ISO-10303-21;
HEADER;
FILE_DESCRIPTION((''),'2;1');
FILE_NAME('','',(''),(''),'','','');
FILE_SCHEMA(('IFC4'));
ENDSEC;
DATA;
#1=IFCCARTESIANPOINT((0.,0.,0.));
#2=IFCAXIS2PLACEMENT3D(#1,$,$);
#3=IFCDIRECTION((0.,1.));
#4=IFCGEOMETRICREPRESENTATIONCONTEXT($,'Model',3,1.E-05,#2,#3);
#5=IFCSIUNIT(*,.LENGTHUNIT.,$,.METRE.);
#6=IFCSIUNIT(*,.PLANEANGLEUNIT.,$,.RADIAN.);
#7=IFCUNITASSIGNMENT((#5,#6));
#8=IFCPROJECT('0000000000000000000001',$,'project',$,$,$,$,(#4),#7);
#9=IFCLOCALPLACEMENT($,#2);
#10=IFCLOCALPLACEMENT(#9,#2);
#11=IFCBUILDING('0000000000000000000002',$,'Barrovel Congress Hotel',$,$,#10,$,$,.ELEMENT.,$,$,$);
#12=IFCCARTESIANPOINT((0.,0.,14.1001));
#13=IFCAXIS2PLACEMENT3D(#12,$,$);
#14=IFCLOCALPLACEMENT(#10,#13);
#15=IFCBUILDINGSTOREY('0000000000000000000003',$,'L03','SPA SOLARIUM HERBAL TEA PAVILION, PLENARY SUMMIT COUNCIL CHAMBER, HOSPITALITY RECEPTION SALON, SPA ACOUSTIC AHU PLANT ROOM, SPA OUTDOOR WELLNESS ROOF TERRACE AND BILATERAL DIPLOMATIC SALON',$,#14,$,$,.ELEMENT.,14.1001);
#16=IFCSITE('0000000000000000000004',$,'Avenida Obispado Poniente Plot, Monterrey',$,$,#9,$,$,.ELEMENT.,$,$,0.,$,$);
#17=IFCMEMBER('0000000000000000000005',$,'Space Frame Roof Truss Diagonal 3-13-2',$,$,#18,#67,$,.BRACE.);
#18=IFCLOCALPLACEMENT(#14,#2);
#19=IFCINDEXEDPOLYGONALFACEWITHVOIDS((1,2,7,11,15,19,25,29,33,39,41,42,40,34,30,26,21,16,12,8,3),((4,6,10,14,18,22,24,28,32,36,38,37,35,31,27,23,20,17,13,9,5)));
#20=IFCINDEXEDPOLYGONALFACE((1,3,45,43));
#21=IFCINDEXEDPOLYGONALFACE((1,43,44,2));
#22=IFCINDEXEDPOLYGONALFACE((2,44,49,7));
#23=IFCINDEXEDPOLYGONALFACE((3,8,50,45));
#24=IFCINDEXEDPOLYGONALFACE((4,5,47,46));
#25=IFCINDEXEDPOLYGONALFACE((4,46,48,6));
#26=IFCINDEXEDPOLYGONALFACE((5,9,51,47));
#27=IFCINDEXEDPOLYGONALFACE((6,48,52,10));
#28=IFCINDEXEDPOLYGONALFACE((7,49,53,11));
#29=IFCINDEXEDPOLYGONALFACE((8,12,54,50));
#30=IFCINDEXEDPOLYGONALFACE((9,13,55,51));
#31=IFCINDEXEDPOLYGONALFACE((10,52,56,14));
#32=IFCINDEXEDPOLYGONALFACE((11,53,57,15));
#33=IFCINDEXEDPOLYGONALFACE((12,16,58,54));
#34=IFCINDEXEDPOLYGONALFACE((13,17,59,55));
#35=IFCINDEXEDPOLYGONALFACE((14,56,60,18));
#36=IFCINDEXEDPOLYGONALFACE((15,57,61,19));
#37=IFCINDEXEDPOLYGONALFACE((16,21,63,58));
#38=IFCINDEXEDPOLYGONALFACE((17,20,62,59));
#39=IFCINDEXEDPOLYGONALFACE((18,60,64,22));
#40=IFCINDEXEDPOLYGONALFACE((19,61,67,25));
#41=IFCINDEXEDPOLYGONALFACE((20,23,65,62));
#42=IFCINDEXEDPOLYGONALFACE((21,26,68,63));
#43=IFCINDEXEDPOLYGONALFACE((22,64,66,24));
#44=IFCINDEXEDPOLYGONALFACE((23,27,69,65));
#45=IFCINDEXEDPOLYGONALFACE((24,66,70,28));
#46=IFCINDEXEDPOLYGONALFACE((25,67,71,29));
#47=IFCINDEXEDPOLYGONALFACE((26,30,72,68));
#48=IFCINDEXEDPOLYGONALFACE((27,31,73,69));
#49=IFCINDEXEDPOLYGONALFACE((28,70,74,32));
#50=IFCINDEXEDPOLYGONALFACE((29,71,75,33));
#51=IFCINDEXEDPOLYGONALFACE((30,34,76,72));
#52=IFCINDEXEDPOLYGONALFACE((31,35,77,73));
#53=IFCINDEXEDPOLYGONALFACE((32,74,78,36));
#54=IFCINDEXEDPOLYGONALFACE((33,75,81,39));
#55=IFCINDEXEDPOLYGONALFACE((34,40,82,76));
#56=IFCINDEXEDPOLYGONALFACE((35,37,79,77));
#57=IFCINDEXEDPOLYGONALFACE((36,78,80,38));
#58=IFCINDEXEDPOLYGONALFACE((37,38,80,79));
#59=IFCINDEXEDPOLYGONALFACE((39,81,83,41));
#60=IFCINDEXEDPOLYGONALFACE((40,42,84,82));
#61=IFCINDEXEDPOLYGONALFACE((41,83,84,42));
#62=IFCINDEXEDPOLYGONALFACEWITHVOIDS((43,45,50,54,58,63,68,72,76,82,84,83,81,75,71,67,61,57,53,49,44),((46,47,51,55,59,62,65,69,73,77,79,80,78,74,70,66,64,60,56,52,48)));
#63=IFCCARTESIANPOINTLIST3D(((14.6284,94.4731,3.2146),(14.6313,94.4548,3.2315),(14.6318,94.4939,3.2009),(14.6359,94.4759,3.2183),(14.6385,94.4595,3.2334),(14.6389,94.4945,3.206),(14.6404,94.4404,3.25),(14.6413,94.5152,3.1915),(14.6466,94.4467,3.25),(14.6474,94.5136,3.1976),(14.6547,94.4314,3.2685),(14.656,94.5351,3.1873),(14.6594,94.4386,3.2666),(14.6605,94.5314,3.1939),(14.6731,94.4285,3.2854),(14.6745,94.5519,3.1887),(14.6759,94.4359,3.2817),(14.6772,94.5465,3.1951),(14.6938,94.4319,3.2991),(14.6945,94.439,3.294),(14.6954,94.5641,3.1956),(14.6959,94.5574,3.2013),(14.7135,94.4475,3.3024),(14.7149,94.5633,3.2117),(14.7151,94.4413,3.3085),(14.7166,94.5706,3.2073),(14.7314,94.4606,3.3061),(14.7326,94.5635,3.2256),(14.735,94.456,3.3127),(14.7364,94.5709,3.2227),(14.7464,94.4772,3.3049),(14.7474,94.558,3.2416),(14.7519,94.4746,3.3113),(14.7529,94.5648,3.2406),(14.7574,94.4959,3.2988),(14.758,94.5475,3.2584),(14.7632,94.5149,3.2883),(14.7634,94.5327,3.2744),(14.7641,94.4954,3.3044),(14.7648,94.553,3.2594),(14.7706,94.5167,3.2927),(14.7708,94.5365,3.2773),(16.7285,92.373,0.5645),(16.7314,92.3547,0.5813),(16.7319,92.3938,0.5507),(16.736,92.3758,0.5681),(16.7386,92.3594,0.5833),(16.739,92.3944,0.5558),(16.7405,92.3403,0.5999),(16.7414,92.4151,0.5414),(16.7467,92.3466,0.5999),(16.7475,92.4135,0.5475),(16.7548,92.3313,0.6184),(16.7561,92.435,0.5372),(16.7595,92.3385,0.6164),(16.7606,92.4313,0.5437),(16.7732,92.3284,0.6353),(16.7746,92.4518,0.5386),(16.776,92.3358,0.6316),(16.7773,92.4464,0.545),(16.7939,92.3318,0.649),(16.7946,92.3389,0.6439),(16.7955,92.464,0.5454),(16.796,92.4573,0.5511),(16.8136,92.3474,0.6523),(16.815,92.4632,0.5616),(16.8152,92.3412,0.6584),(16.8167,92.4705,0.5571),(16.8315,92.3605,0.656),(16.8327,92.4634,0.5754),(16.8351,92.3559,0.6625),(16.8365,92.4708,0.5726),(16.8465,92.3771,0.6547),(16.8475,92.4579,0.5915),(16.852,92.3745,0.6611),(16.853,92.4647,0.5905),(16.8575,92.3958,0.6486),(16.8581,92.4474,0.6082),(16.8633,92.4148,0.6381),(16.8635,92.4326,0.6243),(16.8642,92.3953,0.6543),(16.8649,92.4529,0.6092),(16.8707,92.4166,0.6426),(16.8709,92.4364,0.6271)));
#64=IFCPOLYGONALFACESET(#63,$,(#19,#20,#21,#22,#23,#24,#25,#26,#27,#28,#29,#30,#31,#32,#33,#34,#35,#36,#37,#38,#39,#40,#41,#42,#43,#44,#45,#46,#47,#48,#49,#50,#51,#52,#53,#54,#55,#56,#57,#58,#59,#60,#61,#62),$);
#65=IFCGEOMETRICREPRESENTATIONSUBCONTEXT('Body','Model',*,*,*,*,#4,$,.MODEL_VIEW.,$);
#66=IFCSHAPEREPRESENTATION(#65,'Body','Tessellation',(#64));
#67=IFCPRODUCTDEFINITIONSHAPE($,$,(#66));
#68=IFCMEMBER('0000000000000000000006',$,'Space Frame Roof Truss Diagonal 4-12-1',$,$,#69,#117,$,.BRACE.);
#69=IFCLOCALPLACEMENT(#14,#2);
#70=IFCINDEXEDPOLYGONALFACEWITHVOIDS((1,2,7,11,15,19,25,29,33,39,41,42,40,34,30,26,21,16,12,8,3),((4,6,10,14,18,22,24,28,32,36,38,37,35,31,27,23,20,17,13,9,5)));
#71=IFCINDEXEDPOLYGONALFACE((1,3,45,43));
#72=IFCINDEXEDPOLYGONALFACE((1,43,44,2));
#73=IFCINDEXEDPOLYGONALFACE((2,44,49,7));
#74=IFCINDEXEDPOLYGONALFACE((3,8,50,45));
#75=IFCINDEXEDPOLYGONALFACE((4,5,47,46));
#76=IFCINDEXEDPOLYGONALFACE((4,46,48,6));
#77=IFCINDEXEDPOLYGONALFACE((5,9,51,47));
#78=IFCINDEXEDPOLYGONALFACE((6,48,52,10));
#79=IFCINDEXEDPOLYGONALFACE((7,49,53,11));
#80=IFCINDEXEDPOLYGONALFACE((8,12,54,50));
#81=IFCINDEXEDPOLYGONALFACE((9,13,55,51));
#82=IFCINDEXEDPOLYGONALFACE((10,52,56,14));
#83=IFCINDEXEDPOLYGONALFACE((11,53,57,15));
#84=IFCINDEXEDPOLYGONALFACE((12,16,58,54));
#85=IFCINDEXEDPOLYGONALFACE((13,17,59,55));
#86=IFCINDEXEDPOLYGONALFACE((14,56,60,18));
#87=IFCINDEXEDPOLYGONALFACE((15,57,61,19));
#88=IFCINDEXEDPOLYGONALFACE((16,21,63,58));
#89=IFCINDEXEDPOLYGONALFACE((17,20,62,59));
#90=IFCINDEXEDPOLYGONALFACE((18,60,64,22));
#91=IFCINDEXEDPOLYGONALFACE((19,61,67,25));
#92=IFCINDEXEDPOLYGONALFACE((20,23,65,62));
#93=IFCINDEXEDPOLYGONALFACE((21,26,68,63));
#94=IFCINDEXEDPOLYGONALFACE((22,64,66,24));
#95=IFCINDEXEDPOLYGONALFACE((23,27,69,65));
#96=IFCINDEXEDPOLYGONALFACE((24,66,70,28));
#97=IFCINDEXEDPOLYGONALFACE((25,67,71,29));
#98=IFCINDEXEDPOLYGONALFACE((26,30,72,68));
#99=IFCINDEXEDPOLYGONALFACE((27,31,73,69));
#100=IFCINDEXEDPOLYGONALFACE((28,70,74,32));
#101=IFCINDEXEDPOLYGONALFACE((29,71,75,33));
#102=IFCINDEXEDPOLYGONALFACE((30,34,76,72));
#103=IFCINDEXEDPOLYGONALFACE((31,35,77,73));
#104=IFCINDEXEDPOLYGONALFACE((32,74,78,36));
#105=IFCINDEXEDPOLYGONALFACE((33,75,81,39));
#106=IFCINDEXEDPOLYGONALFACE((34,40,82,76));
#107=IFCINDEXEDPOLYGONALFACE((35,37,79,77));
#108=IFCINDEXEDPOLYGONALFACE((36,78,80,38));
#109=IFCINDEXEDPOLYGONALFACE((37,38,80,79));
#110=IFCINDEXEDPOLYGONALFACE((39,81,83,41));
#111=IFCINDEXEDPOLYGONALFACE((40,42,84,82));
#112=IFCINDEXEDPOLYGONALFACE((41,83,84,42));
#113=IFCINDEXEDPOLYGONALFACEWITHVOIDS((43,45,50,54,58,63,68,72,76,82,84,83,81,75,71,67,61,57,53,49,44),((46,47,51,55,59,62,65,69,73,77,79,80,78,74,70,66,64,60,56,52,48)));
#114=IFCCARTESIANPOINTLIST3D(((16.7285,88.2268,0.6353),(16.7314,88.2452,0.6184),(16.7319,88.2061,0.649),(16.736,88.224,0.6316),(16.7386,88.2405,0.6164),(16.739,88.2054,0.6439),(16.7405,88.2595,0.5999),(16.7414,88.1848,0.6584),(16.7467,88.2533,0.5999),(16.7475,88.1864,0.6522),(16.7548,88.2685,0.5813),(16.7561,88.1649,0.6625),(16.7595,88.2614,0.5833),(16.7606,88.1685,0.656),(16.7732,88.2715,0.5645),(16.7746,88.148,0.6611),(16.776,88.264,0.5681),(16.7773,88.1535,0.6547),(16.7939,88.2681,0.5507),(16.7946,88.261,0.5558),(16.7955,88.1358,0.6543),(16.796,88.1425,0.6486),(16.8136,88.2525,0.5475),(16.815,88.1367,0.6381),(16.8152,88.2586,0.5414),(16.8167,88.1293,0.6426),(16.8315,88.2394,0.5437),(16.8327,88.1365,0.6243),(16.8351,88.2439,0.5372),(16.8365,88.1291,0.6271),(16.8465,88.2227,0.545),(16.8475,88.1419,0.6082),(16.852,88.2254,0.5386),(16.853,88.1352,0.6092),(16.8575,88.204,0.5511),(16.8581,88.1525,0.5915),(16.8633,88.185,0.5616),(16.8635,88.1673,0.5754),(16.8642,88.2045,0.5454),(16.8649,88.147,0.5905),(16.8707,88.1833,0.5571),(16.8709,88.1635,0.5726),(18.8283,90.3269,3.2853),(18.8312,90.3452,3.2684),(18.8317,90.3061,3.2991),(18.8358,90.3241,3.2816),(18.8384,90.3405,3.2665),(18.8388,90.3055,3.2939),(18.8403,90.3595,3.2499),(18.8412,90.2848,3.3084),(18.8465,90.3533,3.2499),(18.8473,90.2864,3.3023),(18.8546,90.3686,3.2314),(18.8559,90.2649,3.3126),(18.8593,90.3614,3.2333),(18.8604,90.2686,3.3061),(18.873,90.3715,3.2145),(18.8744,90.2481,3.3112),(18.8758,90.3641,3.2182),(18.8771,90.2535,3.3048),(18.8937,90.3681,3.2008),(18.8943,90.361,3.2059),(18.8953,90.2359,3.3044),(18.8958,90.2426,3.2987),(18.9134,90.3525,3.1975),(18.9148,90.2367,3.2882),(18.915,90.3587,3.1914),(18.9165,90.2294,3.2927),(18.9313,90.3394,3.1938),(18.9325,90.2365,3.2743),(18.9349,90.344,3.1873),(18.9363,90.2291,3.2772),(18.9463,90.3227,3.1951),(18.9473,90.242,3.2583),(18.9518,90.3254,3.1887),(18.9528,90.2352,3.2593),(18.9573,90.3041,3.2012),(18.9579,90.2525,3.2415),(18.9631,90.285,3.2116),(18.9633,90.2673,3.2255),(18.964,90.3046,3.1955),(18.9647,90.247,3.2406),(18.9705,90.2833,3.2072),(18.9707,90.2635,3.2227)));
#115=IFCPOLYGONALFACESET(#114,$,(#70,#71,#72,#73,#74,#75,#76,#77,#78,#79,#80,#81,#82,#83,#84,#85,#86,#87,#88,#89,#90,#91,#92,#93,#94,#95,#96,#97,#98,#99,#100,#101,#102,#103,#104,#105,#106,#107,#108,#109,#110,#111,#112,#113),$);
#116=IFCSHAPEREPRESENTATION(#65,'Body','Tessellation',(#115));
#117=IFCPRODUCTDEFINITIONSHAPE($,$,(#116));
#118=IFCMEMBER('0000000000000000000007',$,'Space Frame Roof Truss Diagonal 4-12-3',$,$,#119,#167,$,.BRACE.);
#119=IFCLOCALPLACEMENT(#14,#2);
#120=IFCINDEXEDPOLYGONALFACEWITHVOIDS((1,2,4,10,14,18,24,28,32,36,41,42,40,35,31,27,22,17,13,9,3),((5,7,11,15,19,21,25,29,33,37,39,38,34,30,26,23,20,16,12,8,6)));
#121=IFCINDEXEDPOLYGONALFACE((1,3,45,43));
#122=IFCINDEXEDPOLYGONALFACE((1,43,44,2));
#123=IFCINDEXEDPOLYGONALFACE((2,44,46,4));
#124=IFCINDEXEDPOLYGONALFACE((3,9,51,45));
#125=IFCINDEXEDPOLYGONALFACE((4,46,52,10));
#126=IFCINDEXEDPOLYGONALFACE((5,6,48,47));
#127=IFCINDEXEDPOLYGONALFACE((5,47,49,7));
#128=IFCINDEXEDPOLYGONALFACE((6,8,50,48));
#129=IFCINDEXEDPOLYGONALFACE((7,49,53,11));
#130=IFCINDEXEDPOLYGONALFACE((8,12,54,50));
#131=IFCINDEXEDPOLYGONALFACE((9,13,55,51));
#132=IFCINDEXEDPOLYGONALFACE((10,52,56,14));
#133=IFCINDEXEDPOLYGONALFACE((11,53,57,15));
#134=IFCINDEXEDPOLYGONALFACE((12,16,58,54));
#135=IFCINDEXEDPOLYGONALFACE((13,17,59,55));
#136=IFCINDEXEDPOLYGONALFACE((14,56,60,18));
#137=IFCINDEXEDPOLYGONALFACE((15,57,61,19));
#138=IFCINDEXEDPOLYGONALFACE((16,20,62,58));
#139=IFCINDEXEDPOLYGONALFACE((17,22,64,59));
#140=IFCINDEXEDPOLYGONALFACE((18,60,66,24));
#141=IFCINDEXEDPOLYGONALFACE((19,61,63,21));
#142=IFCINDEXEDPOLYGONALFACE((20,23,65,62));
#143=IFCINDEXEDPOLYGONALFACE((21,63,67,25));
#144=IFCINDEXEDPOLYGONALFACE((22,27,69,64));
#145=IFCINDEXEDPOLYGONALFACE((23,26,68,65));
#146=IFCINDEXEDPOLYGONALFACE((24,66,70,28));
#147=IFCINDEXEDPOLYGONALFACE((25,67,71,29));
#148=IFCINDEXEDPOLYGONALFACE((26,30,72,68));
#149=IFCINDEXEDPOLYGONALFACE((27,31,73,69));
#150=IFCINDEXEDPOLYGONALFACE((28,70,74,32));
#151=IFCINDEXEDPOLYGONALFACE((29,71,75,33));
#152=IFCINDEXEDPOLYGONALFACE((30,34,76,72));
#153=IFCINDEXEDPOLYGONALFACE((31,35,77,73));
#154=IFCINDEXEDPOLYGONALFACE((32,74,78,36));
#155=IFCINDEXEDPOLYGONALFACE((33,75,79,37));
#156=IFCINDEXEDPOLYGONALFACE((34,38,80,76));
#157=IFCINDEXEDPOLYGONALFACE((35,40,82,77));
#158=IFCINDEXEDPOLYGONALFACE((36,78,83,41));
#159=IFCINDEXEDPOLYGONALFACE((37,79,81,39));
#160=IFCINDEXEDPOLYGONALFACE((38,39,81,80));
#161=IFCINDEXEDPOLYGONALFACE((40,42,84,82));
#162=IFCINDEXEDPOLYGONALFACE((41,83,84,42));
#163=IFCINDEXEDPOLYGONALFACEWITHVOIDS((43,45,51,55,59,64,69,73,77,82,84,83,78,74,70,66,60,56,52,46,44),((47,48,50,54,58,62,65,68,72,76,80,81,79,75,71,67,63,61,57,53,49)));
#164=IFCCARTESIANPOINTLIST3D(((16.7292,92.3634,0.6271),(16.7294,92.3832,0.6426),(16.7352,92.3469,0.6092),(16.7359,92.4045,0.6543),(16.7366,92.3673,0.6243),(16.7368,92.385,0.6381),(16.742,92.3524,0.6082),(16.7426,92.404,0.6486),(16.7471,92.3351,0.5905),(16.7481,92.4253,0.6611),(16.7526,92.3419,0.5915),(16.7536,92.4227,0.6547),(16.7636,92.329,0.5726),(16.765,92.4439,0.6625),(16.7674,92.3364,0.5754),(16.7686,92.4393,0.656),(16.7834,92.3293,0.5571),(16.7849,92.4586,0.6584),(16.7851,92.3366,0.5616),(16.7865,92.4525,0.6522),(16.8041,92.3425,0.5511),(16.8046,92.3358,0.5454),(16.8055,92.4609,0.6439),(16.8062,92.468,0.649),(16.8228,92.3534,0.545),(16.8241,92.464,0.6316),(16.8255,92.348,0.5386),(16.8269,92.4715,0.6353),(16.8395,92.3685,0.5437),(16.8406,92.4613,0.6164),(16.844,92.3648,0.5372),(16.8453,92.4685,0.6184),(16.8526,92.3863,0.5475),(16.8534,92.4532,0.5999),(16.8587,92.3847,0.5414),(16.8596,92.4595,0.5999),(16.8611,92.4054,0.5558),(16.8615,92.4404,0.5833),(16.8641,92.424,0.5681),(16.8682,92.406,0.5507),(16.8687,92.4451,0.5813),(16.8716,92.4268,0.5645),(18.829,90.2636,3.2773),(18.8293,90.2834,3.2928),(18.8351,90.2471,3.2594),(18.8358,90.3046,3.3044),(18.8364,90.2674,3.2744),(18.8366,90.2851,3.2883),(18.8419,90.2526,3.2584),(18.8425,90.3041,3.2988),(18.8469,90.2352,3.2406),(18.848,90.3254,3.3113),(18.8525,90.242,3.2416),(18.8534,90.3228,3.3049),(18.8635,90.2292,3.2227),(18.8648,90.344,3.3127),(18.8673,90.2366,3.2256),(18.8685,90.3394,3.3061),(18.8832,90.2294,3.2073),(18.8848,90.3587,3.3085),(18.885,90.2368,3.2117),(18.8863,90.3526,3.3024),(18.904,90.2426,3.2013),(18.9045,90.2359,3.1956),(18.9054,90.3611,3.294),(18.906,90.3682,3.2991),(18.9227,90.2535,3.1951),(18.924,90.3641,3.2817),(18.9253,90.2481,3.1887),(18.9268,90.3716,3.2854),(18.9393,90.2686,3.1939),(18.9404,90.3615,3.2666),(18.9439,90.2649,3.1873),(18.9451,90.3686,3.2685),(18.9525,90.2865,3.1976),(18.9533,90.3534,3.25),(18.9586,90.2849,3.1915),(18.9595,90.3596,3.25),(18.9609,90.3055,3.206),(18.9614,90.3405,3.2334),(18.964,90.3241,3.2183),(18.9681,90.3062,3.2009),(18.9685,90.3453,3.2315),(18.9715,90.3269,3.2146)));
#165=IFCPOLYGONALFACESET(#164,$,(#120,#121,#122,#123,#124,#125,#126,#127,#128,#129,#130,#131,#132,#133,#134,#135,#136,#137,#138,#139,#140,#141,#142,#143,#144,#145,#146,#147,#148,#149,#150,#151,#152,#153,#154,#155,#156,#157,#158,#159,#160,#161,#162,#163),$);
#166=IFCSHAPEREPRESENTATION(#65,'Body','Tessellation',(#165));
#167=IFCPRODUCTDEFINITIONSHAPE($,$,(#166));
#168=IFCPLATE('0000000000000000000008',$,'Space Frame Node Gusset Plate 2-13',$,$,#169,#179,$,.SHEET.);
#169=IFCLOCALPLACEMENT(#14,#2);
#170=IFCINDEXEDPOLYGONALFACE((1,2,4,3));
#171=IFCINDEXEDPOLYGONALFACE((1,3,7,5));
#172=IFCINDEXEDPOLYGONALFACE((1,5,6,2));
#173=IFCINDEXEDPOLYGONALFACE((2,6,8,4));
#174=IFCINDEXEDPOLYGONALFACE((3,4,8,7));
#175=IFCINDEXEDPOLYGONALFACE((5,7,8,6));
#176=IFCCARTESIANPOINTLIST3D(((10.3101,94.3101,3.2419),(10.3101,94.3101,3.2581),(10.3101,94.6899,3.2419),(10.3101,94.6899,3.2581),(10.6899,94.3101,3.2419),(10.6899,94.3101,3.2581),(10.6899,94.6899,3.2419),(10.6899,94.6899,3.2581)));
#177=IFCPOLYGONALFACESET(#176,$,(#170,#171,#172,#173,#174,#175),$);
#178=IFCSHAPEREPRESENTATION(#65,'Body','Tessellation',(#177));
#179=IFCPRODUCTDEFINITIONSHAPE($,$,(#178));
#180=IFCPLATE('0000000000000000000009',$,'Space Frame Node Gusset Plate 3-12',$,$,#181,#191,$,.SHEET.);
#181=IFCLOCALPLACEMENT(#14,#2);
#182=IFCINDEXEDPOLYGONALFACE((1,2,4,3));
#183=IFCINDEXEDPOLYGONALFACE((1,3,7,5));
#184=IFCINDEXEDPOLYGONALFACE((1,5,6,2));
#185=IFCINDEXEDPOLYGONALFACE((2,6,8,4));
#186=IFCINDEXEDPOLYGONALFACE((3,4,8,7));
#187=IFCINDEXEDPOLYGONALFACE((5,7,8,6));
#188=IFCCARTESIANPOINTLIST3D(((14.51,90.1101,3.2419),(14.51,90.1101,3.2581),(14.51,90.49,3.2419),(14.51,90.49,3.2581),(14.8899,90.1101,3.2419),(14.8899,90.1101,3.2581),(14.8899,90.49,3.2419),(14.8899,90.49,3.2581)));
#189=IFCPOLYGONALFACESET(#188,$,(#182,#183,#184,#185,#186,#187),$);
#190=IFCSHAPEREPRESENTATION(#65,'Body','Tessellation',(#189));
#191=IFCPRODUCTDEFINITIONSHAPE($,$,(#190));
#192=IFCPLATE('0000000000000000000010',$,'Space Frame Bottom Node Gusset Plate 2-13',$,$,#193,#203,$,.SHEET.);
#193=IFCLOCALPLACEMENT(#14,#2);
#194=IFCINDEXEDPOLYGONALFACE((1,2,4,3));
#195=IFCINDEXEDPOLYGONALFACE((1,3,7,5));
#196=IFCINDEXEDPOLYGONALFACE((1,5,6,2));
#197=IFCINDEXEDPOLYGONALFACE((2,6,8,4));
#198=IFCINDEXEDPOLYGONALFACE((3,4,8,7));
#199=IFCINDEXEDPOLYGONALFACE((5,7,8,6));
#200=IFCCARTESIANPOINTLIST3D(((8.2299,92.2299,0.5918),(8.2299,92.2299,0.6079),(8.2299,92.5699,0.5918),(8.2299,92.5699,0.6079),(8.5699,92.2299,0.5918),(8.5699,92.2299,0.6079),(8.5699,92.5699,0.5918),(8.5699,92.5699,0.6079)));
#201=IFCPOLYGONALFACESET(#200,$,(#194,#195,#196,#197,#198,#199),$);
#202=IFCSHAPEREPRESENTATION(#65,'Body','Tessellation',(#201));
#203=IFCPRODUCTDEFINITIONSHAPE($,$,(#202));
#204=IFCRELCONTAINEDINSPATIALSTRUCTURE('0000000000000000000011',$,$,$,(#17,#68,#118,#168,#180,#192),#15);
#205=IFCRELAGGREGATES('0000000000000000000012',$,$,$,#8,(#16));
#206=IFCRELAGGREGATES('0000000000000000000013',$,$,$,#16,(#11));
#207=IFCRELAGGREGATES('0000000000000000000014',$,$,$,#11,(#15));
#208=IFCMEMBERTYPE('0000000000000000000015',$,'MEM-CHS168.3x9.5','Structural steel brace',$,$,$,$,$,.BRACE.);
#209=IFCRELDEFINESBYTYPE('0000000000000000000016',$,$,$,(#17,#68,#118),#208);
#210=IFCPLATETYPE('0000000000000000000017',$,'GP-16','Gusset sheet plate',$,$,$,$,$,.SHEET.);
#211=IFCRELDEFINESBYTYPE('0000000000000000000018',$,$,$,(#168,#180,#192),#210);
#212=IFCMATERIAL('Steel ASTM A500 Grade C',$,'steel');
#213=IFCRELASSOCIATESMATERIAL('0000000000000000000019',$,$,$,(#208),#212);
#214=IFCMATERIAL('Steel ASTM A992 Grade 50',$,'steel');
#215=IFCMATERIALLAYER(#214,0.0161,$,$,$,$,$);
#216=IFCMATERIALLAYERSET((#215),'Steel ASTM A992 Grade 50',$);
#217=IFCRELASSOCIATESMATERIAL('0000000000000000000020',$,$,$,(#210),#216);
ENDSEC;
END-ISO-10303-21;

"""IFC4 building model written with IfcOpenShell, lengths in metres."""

from ifc_helpers import new_model, si_unit, direction, frame, origin, origin_2d, place, context, subcontext, project, spatial, rectangle, hollow_circle, extrude, material, layer, layer_set, material_profile, profile_set, type_object, element, save


model = new_model("IFC4")

# Units and contexts
model_context = context("Model", 3, precision=1e-05, world=origin(), true_north=direction((0.0, 1.0)))
body_context = subcontext(model_context, "Body", "Model", "MODEL_VIEW")
ifc_project = project(units=[si_unit("LENGTHUNIT", "METRE"), si_unit("PLANEANGLEUNIT", "RADIAN")], contexts=[model_context])

# Site, building, storey
site_placement = place(None, origin())
site = spatial("IfcSite", under=ifc_project, at=site_placement, Name="Avenida Obispado Poniente Plot, Monterrey", CompositionType="ELEMENT", RefElevation=0.0)
building_placement = place(site_placement, origin())
building = spatial("IfcBuilding", under=site, at=building_placement, Name="Barrovel Congress Hotel", CompositionType="ELEMENT")
storey_placement = place(building_placement, frame((0.0, 0.0, 14.1001)))
storey = spatial("IfcBuildingStorey", under=building, at=storey_placement, Name="L03", Description="SPA SOLARIUM HERBAL TEA PAVILION, PLENARY SUMMIT COUNCIL CHAMBER, HOSPITALITY RECEPTION SALON, SPA ACOUSTIC AHU PLANT ROOM, SPA OUTDOOR WELLNESS ROOF TERRACE AND BILATERAL DIPLOMATIC SALON", CompositionType="ELEMENT", Elevation=14.1001)

# Members
ifc_material_1 = material(Name="Steel ASTM A500 Grade C", Category="steel")
ifc_material_profile_1 = material_profile(ifc_material_1, hollow_circle(Radius=0.0842, WallThickness=0.0088, at=origin_2d()), Name="CHS168.3x9.5")
ifc_profile_set_1 = profile_set([ifc_material_profile_1], Name="Steel ASTM A500 Grade C")
member_type_1 = type_object("IfcMemberType", Name="MEM-CHS168.3x9.5", Description="Structural steel brace", PredefinedType="BRACE", material=ifc_profile_set_1)
member_1_placement = place(storey_placement, frame((16.8, 92.3999, 0.5999), z_axis=(-0.527601, 0.527601, 0.665788), x_axis=(-0.707107, -0.707107, 0.0)))
element("IfcMember", 1, at=member_1_placement, inside=storey, type_object=member_type_1, Name="Space Frame Roof Truss Diagonal 3-13-2", PredefinedType="BRACE", context=body_context, shape_type="SweptSolid", body=[
    extrude(hollow_circle(Radius=0.0842, WallThickness=0.0088, at=origin_2d()), origin(), (0.0, 0.0, 1.0), 3.9805),
])
for number, where, z_axis, x_axis, name in (
    (2, (16.8, 88.2, 0.5999), (0.527557, 0.527618, 0.66581), (-0.707148, 0.707066, 0.0), "Space Frame Roof Truss Diagonal 4-12-1"),
    (3, (16.8, 92.3999, 0.5999), (0.527574, -0.527574, 0.665831), (0.707107, 0.707107, 0.0), "Space Frame Roof Truss Diagonal 4-12-3"),
):
    element("IfcMember", number, at=place(storey_placement, frame(where, z_axis=z_axis, x_axis=x_axis)), inside=storey, type_object=member_type_1, Name=name, PredefinedType="BRACE", context=body_context, shape_type="SweptSolid", body=[
        extrude(hollow_circle(Radius=0.0842, WallThickness=0.0088, at=origin_2d()), origin(), (0.0, 0.0, 1.0), 3.9802),
    ])

# Plates
ifc_material_2 = material(Name="Steel ASTM A992 Grade 50", Category="steel")
ifc_layer_1 = layer(ifc_material_2, 0.0161)
ifc_layer_set_1 = layer_set([ifc_layer_1], Name="Steel ASTM A992 Grade 50")
plate_type_1 = type_object("IfcPlateType", Name="GP-16", Description="Gusset sheet plate", PredefinedType="SHEET", material=ifc_layer_set_1)
for number, where, z_axis, x_axis, name in (
    (4, (10.5, 94.5, 3.2419), (0.0, 0.0, 1.0), (1.0, 0.0, 0.0), "Space Frame Node Gusset Plate 2-13"),
    (5, (14.7, 90.3, 3.2419), (0.0, 0.0, 1.0), (1.0, 0.0, 0.0), "Space Frame Node Gusset Plate 3-12"),
):
    element("IfcPlate", number, at=place(storey_placement, frame(where, z_axis=z_axis, x_axis=x_axis)), inside=storey, type_object=plate_type_1, Name=name, PredefinedType="SHEET", context=body_context, shape_type="SweptSolid", body=[
        extrude(rectangle(XDim=0.3799, YDim=0.3799, at=origin_2d()), origin(), (0.0, 0.0, 1.0), 0.0161),
    ])
for number, where, z_axis, x_axis, name in (
    (6, (8.3999, 92.3999, 0.5918), (0.0, 0.0, 1.0), (1.0, 0.0, 0.0), "Space Frame Bottom Node Gusset Plate 2-13"),
):
    element("IfcPlate", number, at=place(storey_placement, frame(where, z_axis=z_axis, x_axis=x_axis)), inside=storey, type_object=plate_type_1, Name=name, PredefinedType="SHEET", context=body_context, shape_type="SweptSolid", body=[
        extrude(rectangle(XDim=0.3401, YDim=0.3401, at=origin_2d()), origin(), (0.0, 0.0, 1.0), 0.0161),
    ])

save(model, "model.ifc")
